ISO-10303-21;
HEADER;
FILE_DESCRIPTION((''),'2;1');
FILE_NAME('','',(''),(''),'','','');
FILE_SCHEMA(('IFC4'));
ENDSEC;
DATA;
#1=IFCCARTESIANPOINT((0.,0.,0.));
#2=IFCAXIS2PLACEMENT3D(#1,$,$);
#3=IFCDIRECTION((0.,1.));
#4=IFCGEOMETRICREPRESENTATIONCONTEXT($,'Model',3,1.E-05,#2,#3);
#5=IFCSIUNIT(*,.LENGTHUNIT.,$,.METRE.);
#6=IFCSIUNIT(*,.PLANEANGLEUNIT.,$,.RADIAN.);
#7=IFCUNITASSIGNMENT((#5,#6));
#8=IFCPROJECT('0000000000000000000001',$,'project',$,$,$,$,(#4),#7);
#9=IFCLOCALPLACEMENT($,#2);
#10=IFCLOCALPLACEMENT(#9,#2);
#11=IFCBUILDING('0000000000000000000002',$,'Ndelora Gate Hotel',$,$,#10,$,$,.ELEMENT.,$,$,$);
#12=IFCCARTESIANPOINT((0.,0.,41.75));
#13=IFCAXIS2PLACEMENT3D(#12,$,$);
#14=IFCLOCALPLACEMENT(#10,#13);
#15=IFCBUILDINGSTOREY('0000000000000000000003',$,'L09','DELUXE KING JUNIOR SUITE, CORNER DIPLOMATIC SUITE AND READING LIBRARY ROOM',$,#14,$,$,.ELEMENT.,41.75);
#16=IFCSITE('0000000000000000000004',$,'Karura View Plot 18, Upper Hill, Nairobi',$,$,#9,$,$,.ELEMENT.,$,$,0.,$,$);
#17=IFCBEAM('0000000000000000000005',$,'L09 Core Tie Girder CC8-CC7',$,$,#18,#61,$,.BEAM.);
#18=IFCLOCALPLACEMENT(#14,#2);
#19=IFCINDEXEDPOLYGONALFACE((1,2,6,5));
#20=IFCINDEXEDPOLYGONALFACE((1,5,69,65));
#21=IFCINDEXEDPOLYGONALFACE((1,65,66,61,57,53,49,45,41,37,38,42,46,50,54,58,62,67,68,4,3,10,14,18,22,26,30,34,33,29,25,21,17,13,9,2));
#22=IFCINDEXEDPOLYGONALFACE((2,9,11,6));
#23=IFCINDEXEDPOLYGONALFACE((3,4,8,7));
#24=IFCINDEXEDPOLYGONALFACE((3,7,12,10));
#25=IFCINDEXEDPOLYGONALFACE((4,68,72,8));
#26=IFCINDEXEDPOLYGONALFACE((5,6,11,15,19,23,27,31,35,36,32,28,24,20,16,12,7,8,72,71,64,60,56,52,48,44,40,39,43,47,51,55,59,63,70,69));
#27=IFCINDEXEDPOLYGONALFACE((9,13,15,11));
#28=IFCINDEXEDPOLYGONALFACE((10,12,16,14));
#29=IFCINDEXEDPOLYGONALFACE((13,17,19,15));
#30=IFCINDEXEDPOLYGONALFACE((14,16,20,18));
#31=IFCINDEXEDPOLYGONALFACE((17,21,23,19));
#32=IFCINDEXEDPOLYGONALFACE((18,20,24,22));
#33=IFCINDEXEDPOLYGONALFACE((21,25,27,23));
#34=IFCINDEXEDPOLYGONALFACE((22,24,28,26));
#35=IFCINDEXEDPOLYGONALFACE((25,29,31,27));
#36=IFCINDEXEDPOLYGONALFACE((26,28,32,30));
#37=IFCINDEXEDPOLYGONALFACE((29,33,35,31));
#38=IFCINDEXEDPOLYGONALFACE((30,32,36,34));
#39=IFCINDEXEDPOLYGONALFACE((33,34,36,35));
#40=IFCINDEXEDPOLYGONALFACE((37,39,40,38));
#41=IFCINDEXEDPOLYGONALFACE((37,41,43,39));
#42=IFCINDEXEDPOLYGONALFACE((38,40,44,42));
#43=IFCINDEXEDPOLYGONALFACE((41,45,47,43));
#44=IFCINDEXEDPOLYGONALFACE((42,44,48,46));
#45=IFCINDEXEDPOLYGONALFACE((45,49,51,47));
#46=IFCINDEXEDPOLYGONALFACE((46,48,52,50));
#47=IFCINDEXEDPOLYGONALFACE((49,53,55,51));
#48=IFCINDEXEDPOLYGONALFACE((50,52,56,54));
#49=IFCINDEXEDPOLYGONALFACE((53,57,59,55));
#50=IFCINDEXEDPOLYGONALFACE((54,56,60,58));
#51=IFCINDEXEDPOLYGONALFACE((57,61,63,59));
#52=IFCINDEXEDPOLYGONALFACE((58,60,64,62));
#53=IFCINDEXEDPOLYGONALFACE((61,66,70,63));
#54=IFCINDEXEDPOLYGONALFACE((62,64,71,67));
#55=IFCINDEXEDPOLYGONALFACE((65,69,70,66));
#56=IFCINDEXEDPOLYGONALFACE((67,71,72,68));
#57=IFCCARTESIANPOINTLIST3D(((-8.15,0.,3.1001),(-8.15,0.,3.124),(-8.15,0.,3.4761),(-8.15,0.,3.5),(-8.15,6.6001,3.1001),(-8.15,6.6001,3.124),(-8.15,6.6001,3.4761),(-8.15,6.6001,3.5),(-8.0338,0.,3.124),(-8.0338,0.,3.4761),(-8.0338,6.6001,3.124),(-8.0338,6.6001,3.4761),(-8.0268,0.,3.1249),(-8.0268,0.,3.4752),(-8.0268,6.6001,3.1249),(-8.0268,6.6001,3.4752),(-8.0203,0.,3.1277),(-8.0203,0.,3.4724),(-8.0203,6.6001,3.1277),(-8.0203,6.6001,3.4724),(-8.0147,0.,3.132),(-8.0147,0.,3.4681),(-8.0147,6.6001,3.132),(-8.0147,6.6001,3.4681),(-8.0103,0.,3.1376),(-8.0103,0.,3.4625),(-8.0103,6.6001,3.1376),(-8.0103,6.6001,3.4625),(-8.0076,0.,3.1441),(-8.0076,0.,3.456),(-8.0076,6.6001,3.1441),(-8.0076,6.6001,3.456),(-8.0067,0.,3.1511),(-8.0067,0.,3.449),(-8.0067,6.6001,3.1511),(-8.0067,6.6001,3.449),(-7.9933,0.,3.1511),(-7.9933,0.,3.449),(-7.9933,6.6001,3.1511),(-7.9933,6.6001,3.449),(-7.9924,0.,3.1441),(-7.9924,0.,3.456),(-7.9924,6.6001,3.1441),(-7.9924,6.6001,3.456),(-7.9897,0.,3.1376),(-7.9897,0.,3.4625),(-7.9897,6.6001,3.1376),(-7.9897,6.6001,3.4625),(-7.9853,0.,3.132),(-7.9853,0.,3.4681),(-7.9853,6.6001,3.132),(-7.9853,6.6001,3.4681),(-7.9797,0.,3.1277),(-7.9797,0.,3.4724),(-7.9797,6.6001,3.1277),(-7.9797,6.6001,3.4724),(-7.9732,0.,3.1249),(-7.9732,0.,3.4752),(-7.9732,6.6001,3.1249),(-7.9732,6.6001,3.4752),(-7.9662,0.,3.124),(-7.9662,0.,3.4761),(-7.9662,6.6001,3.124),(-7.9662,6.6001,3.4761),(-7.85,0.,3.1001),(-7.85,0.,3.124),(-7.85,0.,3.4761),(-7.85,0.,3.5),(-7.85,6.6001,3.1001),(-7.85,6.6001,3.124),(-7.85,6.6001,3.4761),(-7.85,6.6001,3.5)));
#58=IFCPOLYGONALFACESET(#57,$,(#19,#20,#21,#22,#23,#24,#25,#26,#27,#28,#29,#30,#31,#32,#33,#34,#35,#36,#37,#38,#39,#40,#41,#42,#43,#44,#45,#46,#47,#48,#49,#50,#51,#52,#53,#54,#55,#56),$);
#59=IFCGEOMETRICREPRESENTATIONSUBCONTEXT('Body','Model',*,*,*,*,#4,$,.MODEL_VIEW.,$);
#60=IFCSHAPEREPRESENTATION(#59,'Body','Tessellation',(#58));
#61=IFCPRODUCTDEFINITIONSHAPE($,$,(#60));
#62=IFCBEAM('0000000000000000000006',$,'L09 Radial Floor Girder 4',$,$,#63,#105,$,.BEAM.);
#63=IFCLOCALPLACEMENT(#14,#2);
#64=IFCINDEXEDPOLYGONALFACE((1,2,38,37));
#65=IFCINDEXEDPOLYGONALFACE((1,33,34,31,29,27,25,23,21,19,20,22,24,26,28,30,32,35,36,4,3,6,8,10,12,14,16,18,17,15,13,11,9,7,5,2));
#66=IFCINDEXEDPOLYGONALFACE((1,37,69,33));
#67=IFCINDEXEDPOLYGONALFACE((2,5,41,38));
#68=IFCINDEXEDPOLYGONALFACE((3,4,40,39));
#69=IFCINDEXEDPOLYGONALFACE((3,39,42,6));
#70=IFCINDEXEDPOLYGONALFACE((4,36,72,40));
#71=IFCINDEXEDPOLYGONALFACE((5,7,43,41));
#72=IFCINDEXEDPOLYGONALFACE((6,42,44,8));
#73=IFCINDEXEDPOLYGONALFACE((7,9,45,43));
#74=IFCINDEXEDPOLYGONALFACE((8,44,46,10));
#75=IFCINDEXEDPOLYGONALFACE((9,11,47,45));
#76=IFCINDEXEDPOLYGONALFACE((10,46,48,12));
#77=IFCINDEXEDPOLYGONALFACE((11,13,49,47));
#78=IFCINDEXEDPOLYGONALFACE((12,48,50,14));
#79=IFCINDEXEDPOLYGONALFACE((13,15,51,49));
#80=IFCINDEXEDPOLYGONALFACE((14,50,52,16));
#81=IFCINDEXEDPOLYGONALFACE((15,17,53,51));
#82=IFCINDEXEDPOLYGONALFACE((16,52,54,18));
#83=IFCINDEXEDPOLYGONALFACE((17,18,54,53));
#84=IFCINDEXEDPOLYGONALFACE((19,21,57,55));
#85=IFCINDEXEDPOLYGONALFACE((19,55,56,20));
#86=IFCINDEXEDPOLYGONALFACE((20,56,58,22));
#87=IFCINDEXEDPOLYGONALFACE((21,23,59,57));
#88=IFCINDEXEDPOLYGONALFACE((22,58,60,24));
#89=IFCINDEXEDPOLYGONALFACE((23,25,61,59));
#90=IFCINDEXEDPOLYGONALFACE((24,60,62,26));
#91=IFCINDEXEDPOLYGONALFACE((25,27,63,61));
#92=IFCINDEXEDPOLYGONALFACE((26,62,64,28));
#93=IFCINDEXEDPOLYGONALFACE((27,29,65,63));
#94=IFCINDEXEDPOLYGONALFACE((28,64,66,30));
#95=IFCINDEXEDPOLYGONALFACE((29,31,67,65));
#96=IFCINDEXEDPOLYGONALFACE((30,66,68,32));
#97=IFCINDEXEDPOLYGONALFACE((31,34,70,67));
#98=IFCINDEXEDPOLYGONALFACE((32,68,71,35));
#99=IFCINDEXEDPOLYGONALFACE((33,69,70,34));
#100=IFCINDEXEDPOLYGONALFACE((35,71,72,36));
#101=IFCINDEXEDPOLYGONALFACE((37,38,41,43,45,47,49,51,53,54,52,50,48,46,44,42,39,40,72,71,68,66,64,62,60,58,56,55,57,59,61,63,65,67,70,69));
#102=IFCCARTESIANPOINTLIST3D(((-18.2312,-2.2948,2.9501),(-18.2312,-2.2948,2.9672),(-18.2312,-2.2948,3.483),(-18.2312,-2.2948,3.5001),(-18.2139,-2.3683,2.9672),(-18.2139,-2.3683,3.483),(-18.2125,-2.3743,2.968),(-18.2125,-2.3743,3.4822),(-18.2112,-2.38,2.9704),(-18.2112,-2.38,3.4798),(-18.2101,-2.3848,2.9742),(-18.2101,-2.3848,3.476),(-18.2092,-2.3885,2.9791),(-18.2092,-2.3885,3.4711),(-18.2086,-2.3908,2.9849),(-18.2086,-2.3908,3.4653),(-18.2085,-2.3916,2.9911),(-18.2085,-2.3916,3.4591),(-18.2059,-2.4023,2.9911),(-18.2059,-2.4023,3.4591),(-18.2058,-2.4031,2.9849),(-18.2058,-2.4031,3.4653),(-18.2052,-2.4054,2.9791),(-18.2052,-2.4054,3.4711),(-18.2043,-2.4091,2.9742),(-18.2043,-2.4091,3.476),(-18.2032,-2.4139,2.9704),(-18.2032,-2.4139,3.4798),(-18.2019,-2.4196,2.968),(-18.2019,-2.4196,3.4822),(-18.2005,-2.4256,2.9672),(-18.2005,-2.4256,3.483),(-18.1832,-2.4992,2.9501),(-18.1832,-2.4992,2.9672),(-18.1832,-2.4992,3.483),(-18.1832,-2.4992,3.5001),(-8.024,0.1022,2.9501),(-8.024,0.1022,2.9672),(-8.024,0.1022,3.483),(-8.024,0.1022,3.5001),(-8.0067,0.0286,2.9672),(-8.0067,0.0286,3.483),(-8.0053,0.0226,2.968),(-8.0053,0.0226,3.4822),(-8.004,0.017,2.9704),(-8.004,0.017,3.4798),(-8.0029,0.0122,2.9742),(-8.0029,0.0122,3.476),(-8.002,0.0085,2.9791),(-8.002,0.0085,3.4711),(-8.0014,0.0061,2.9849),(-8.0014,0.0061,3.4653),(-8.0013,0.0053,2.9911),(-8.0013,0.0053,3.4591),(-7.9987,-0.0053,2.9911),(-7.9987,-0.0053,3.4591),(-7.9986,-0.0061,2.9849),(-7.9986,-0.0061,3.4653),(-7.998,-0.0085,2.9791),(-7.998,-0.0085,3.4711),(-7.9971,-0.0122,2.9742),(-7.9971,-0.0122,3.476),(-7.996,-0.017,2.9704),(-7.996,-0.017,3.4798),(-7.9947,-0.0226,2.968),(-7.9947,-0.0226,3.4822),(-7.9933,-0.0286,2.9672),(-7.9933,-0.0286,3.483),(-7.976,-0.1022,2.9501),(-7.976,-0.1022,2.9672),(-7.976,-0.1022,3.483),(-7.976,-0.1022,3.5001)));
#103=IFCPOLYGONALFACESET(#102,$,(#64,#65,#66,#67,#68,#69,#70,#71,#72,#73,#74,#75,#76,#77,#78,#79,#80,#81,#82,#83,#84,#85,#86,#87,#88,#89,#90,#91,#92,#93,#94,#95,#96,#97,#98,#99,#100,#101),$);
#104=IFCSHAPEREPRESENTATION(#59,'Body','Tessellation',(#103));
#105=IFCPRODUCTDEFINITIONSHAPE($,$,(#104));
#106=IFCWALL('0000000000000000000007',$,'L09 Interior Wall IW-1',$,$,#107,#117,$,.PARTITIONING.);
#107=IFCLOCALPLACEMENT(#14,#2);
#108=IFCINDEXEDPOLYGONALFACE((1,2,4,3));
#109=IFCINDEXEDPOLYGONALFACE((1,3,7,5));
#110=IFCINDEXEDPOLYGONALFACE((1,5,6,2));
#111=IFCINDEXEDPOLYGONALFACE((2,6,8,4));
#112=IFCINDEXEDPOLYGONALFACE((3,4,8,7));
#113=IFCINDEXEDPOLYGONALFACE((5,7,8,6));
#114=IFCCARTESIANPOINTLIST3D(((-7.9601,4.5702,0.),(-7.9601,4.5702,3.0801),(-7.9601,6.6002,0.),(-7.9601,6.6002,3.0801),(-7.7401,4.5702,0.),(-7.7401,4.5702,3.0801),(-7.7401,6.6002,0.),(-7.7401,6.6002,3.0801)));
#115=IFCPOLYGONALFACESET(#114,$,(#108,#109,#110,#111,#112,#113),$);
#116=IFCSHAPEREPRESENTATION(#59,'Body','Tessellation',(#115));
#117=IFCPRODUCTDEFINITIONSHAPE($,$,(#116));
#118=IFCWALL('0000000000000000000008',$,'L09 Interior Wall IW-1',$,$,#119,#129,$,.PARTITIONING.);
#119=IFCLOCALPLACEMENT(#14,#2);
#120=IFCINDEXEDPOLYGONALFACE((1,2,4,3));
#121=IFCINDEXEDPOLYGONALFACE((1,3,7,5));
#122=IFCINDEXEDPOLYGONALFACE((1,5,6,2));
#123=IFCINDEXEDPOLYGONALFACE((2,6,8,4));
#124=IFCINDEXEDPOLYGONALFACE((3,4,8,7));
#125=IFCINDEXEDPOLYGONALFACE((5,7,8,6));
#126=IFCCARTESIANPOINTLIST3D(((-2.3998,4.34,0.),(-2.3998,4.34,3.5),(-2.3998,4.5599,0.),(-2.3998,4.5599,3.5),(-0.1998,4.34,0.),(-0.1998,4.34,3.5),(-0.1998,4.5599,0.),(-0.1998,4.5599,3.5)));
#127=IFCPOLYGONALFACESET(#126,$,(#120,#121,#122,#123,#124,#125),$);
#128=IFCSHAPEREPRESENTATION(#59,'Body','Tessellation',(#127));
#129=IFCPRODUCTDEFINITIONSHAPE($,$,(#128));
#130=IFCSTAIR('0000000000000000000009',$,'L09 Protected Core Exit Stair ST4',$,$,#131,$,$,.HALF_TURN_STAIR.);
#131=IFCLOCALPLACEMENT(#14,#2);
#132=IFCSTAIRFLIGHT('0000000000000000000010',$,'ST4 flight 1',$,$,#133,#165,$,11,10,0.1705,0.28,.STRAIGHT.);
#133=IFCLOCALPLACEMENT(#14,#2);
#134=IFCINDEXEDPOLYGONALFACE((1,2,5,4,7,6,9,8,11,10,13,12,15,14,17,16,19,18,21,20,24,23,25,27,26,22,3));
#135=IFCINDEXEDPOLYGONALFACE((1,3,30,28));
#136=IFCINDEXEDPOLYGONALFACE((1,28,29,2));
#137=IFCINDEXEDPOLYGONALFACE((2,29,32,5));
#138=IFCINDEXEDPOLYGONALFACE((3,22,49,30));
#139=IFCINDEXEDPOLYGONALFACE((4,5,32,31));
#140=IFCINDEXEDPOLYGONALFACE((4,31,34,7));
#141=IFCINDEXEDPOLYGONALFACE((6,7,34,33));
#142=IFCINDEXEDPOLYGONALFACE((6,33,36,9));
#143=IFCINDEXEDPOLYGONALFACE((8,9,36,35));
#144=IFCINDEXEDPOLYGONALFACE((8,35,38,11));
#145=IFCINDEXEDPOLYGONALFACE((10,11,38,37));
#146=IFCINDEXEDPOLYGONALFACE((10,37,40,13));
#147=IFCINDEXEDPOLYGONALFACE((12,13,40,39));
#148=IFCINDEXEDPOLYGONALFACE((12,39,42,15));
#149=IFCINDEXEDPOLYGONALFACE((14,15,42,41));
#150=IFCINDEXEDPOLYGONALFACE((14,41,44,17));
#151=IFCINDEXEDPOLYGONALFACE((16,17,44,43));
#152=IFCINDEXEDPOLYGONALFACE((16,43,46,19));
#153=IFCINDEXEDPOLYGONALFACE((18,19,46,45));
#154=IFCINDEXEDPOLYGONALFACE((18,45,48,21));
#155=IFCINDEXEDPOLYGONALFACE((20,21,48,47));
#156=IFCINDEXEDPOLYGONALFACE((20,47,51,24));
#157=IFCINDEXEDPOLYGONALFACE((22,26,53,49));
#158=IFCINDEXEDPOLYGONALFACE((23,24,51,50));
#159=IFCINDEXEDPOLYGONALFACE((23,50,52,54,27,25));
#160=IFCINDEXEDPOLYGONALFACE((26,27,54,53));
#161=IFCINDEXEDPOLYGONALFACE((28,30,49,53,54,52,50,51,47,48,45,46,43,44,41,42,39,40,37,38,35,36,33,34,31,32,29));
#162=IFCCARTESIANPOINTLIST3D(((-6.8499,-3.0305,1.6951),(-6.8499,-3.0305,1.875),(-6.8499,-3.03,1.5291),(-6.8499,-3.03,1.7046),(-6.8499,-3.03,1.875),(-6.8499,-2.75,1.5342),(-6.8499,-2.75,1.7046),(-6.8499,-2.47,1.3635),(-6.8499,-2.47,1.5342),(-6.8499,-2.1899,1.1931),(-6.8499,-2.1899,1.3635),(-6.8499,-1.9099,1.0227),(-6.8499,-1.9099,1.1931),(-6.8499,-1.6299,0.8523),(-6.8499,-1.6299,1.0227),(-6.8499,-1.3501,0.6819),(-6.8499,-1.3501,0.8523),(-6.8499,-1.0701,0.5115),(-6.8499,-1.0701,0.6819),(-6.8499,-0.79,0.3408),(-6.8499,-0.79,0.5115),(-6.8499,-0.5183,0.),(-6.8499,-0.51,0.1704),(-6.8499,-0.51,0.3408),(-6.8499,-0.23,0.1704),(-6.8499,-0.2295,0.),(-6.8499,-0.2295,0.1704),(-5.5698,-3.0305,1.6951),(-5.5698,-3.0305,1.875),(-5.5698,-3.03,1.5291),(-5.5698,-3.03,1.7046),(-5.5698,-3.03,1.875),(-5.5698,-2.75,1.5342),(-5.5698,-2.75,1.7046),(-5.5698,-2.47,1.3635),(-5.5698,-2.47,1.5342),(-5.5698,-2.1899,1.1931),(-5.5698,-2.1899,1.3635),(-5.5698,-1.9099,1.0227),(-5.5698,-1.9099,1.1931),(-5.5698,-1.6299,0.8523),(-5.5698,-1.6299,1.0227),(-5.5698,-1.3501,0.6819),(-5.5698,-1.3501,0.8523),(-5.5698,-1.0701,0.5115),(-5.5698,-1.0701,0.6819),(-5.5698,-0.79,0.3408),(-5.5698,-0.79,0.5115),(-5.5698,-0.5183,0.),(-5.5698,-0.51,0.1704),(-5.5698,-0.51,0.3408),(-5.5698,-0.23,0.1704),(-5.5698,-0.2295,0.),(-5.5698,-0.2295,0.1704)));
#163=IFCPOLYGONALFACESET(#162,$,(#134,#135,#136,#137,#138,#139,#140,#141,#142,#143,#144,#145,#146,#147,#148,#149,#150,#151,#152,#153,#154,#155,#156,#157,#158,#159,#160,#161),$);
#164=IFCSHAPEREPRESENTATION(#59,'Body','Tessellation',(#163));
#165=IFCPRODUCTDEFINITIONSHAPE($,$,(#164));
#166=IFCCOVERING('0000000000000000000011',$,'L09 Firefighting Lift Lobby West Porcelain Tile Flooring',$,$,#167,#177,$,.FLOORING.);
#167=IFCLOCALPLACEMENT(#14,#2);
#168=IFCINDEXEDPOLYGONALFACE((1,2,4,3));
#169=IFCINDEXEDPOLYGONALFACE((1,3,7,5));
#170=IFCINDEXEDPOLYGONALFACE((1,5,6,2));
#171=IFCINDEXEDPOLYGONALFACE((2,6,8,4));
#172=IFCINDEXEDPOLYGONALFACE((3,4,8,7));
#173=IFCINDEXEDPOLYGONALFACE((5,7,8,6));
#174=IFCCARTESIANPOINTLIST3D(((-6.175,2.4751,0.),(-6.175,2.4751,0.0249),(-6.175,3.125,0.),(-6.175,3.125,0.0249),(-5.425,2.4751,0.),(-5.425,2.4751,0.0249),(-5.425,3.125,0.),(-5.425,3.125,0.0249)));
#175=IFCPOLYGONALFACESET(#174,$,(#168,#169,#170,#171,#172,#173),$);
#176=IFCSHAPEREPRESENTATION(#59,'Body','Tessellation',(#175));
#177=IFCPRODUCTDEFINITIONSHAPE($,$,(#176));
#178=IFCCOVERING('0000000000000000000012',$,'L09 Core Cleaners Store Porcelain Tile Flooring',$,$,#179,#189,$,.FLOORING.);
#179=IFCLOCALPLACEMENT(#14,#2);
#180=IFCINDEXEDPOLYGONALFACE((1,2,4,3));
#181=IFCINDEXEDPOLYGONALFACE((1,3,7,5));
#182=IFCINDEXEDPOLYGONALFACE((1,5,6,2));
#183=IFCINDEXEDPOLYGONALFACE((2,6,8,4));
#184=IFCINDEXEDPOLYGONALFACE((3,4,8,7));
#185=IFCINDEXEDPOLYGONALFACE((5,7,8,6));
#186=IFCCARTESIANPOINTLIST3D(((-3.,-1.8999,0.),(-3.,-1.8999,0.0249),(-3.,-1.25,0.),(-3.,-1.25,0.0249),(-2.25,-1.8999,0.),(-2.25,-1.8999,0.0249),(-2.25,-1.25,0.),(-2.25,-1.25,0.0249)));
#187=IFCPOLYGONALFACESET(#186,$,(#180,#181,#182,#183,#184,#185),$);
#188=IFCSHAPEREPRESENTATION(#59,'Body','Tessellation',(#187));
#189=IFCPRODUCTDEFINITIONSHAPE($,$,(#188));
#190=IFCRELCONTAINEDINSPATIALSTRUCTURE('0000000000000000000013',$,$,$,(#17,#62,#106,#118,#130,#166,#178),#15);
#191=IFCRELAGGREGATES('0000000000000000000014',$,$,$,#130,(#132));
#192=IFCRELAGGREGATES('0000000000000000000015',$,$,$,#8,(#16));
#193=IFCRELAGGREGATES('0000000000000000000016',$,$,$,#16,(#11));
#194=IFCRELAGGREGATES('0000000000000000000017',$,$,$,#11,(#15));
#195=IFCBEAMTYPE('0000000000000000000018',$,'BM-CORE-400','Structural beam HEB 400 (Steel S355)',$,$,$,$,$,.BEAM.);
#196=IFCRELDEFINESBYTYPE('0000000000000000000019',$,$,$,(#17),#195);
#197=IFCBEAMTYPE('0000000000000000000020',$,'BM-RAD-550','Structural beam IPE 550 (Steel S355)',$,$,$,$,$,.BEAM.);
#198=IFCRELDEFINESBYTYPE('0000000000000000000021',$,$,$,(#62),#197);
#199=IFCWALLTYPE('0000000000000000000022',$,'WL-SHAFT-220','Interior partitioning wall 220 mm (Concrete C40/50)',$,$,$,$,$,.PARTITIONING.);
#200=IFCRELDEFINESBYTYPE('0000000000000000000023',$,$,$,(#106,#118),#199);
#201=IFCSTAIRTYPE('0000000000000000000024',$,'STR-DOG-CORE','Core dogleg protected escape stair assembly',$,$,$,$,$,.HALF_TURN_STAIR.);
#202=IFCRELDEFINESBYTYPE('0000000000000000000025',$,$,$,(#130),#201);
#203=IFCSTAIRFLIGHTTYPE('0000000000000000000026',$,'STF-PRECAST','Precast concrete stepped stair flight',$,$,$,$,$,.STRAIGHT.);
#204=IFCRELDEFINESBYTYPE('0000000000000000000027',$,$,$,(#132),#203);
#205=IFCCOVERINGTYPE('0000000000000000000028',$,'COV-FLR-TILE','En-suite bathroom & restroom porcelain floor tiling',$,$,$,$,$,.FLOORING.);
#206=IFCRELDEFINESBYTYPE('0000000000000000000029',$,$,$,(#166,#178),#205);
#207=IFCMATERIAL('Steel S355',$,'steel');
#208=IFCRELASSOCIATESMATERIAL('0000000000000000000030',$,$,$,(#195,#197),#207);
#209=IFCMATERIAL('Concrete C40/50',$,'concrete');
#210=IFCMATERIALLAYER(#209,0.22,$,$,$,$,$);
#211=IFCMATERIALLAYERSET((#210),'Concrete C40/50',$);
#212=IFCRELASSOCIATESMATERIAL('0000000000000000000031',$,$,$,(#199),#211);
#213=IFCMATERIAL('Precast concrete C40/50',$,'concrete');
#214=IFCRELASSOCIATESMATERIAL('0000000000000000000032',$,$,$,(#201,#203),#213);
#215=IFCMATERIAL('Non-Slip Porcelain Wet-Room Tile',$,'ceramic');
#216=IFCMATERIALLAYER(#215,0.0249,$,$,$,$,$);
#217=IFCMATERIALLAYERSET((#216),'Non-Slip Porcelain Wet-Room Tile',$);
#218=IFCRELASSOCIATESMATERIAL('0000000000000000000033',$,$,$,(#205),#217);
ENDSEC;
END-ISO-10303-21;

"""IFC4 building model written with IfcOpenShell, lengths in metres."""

from ifc_helpers import new_model, si_unit, direction, frame, frame_2d, origin, origin_2d, place, context, subcontext, project, spatial, polyline, rectangle, i_section, outline, extrude, material, layer, layer_set, material_profile, profile_set, type_object, element, aggregate, save


model = new_model("IFC4")

# Units and contexts
model_context = context("Model", 3, precision=1e-05, world=origin(), true_north=direction((0.0, 1.0)))
body_context = subcontext(model_context, "Body", "Model", "MODEL_VIEW")
ifc_project = project(units=[si_unit("LENGTHUNIT", "METRE"), si_unit("PLANEANGLEUNIT", "RADIAN")], contexts=[model_context])

# Site, building, storey
site_placement = place(None, origin())
site = spatial("IfcSite", under=ifc_project, at=site_placement, Name="Karura View Plot 18, Upper Hill, Nairobi", CompositionType="ELEMENT", RefElevation=0.0)
building_placement = place(site_placement, origin())
building = spatial("IfcBuilding", under=site, at=building_placement, Name="Ndelora Gate Hotel", CompositionType="ELEMENT")
storey_placement = place(building_placement, frame((0.0, 0.0, 41.75)))
storey = spatial("IfcBuildingStorey", under=building, at=storey_placement, Name="L09", Description="DELUXE KING JUNIOR SUITE, CORNER DIPLOMATIC SUITE AND READING LIBRARY ROOM", CompositionType="ELEMENT", Elevation=41.75)

# Beams
ifc_material_1 = material(Name="Steel S355", Category="steel")
ifc_material_profile_1 = material_profile(ifc_material_1, i_section(OverallWidth=0.3, OverallDepth=0.3999, WebThickness=0.0134, FlangeThickness=0.0239, FilletRadius=0.0271, at=origin_2d()), Name="HEB 400")
ifc_profile_set_1 = profile_set([ifc_material_profile_1], Name="Steel S355")
beam_type_1 = type_object("IfcBeamType", Name="BM-CORE-400", Description="Structural beam HEB 400 (Steel S355)", PredefinedType="BEAM", material=ifc_profile_set_1)
beam_1_placement = place(storey_placement, frame((-8.0, 0.0, 3.3), z_axis=(0.0, 1.0, 0.0), x_axis=(-1.0, 0.0, 0.0)))
element("IfcBeam", 1, at=beam_1_placement, inside=storey, type_object=beam_type_1, Name="L09 Core Tie Girder CC8-CC7", PredefinedType="BEAM", context=body_context, shape_type="SweptSolid", body=[
    extrude(i_section(OverallWidth=0.3, OverallDepth=0.3999, WebThickness=0.0134, FlangeThickness=0.0239, FilletRadius=0.0271, at=origin_2d()), origin(), (0.0, 0.0, 1.0), 6.6001),
])
ifc_material_profile_2 = material_profile(ifc_material_1, i_section(OverallWidth=0.21, OverallDepth=0.55, WebThickness=0.011, FlangeThickness=0.0171, FilletRadius=0.0239, at=origin_2d()), Name="IPE 550")
ifc_profile_set_2 = profile_set([ifc_material_profile_2], Name="Steel S355")
beam_type_2 = type_object("IfcBeamType", Name="BM-RAD-550", Description="Structural beam IPE 550 (Steel S355)", PredefinedType="BEAM", material=ifc_profile_set_2)
beam_2_placement = place(storey_placement, frame((-8.0, 0.0, 3.2251), z_axis=(-0.973518, -0.228611, 0.0), x_axis=(0.228611, -0.973518, 0.0)))
element("IfcBeam", 2, at=beam_2_placement, inside=storey, type_object=beam_type_2, Name="L09 Radial Floor Girder 4", PredefinedType="BEAM", context=body_context, shape_type="SweptSolid", body=[
    extrude(i_section(OverallWidth=0.21, OverallDepth=0.55, WebThickness=0.011, FlangeThickness=0.0171, FilletRadius=0.0239, at=origin_2d()), origin(), (0.0, 0.0, 1.0), 10.4849),
])

# Shared definitions
ifc_material_2 = material(Name="Concrete C40/50", Category="concrete")
ifc_layer_1 = layer(ifc_material_2, 0.22)
ifc_layer_set_1 = layer_set([ifc_layer_1], Name="Concrete C40/50")
wall_type_1 = type_object("IfcWallType", Name="WL-SHAFT-220", Description="Interior partitioning wall 220 mm (Concrete C40/50)", PredefinedType="PARTITIONING", material=ifc_layer_set_1)

# Wall
wall_1_placement = place(storey_placement, frame((-7.8501, 4.5701, 0.0), z_axis=(0.0, 0.0, 1.0), x_axis=(0.0, 1.0, 0.0)))
element("IfcWall", 3, at=wall_1_placement, inside=storey, type_object=wall_type_1, Name="L09 Interior Wall IW-1", PredefinedType="PARTITIONING", context=body_context, shape_type="SweptSolid", body=[
    extrude(rectangle(XDim=2.03, YDim=0.22, at=frame_2d((1.0151, 0.0))), origin(), (0.0, 0.0, 1.0), 3.0801),
])

# Wall
wall_2_placement = place(storey_placement, frame((-2.3999, 4.45, 0.0), z_axis=(0.0, 0.0, 1.0), x_axis=(1.0, 0.0, 0.0)))
element("IfcWall", 4, at=wall_2_placement, inside=storey, type_object=wall_type_1, Name="L09 Interior Wall IW-1", PredefinedType="PARTITIONING", context=body_context, shape_type="SweptSolid", body=[
    extrude(rectangle(XDim=2.2, YDim=0.22, at=frame_2d((1.1001, 0.0))), origin(), (0.0, 0.0, 1.0), 3.5),
])

# Stair, stair flight
ifc_material_3 = material(Name="Precast concrete C40/50", Category="concrete")
stair_type = type_object("IfcStairType", Name="STR-DOG-CORE", Description="Core dogleg protected escape stair assembly", PredefinedType="HALF_TURN_STAIR", material=ifc_material_3)
stair_placement = place(storey_placement, origin())
stair = element("IfcStair", 5, at=stair_placement, inside=storey, type_object=stair_type, Name="L09 Protected Core Exit Stair ST4", PredefinedType="HALF_TURN_STAIR")
stair_flight_type = type_object("IfcStairFlightType", Name="STF-PRECAST", Description="Precast concrete stepped stair flight", PredefinedType="STRAIGHT", material=ifc_material_3)
stair_flight_placement = place(storey_placement, frame((-6.21, -0.23, 0.0), z_axis=(0.0, 0.0, 1.0), x_axis=(0.0, -1.0, 0.0)))
stair_flight = element("IfcStairFlight", 6, at=stair_flight_placement, type_object=stair_flight_type, Name="ST4 flight 1", NumberOfRisers=11, NumberOfTreads=10, PredefinedType="STRAIGHT", RiserHeight=0.1705, TreadLength=0.28, context=body_context, shape_type="SweptSolid", body=[
    extrude(outline(polyline([(-0.0005, 0.0), (-0.0005, 0.1704), (0.0, 0.1704), (0.28, 0.1704), (0.28, 0.3408), (0.5601, 0.3408), (0.5601, 0.5115), (0.8401, 0.5115), (0.8401, 0.6819), (1.1201, 0.6819), (1.1201, 0.8523), (1.3999, 0.8523), (1.3999, 1.0227), (1.6799, 1.0227), (1.6799, 1.1931), (1.96, 1.1931), (1.96, 1.3635), (2.24, 1.3635), (2.24, 1.5342), (2.52, 1.5342), (2.52, 1.7046), (2.8, 1.7046), (2.8, 1.875), (2.8005, 1.875), (2.8005, 1.6951), (2.8, 1.5291), (0.2883, 0.0), (-0.0005, 0.0)])), frame((0.0, 0.6401, 0.0), z_axis=(0.0, -1.0, 0.0), x_axis=(1.0, 0.0, 0.0)), (0.0, 0.0, 1.0), 1.28),
])
aggregate(stair, [stair_flight])

# Coverings
ifc_material_4 = material(Name="Non-Slip Porcelain Wet-Room Tile", Category="ceramic")
ifc_layer_2 = layer(ifc_material_4, 0.0249)
ifc_layer_set_2 = layer_set([ifc_layer_2], Name="Non-Slip Porcelain Wet-Room Tile")
covering_type = type_object("IfcCoveringType", Name="COV-FLR-TILE", Description="En-suite bathroom & restroom porcelain floor tiling", PredefinedType="FLOORING", material=ifc_layer_set_2)
for number, where, z_axis, x_axis, name in (
    (7, (-5.8, 2.8, 0.0), (0.0, 0.0, 1.0), (1.0, 0.0, 0.0), "L09 Firefighting Lift Lobby West Porcelain Tile Flooring"),
    (8, (-2.625, -1.575, 0.0), (0.0, 0.0, 1.0), (1.0, 0.0, 0.0), "L09 Core Cleaners Store Porcelain Tile Flooring"),
):
    element("IfcCovering", number, at=place(storey_placement, frame(where, z_axis=z_axis, x_axis=x_axis)), inside=storey, type_object=covering_type, Name=name, PredefinedType="FLOORING", context=body_context, shape_type="SweptSolid", body=[
        extrude(rectangle(XDim=0.75, YDim=0.6499, at=origin_2d()), origin(), (0.0, 0.0, 1.0), 0.0249),
    ])

save(model, "model.ifc")
